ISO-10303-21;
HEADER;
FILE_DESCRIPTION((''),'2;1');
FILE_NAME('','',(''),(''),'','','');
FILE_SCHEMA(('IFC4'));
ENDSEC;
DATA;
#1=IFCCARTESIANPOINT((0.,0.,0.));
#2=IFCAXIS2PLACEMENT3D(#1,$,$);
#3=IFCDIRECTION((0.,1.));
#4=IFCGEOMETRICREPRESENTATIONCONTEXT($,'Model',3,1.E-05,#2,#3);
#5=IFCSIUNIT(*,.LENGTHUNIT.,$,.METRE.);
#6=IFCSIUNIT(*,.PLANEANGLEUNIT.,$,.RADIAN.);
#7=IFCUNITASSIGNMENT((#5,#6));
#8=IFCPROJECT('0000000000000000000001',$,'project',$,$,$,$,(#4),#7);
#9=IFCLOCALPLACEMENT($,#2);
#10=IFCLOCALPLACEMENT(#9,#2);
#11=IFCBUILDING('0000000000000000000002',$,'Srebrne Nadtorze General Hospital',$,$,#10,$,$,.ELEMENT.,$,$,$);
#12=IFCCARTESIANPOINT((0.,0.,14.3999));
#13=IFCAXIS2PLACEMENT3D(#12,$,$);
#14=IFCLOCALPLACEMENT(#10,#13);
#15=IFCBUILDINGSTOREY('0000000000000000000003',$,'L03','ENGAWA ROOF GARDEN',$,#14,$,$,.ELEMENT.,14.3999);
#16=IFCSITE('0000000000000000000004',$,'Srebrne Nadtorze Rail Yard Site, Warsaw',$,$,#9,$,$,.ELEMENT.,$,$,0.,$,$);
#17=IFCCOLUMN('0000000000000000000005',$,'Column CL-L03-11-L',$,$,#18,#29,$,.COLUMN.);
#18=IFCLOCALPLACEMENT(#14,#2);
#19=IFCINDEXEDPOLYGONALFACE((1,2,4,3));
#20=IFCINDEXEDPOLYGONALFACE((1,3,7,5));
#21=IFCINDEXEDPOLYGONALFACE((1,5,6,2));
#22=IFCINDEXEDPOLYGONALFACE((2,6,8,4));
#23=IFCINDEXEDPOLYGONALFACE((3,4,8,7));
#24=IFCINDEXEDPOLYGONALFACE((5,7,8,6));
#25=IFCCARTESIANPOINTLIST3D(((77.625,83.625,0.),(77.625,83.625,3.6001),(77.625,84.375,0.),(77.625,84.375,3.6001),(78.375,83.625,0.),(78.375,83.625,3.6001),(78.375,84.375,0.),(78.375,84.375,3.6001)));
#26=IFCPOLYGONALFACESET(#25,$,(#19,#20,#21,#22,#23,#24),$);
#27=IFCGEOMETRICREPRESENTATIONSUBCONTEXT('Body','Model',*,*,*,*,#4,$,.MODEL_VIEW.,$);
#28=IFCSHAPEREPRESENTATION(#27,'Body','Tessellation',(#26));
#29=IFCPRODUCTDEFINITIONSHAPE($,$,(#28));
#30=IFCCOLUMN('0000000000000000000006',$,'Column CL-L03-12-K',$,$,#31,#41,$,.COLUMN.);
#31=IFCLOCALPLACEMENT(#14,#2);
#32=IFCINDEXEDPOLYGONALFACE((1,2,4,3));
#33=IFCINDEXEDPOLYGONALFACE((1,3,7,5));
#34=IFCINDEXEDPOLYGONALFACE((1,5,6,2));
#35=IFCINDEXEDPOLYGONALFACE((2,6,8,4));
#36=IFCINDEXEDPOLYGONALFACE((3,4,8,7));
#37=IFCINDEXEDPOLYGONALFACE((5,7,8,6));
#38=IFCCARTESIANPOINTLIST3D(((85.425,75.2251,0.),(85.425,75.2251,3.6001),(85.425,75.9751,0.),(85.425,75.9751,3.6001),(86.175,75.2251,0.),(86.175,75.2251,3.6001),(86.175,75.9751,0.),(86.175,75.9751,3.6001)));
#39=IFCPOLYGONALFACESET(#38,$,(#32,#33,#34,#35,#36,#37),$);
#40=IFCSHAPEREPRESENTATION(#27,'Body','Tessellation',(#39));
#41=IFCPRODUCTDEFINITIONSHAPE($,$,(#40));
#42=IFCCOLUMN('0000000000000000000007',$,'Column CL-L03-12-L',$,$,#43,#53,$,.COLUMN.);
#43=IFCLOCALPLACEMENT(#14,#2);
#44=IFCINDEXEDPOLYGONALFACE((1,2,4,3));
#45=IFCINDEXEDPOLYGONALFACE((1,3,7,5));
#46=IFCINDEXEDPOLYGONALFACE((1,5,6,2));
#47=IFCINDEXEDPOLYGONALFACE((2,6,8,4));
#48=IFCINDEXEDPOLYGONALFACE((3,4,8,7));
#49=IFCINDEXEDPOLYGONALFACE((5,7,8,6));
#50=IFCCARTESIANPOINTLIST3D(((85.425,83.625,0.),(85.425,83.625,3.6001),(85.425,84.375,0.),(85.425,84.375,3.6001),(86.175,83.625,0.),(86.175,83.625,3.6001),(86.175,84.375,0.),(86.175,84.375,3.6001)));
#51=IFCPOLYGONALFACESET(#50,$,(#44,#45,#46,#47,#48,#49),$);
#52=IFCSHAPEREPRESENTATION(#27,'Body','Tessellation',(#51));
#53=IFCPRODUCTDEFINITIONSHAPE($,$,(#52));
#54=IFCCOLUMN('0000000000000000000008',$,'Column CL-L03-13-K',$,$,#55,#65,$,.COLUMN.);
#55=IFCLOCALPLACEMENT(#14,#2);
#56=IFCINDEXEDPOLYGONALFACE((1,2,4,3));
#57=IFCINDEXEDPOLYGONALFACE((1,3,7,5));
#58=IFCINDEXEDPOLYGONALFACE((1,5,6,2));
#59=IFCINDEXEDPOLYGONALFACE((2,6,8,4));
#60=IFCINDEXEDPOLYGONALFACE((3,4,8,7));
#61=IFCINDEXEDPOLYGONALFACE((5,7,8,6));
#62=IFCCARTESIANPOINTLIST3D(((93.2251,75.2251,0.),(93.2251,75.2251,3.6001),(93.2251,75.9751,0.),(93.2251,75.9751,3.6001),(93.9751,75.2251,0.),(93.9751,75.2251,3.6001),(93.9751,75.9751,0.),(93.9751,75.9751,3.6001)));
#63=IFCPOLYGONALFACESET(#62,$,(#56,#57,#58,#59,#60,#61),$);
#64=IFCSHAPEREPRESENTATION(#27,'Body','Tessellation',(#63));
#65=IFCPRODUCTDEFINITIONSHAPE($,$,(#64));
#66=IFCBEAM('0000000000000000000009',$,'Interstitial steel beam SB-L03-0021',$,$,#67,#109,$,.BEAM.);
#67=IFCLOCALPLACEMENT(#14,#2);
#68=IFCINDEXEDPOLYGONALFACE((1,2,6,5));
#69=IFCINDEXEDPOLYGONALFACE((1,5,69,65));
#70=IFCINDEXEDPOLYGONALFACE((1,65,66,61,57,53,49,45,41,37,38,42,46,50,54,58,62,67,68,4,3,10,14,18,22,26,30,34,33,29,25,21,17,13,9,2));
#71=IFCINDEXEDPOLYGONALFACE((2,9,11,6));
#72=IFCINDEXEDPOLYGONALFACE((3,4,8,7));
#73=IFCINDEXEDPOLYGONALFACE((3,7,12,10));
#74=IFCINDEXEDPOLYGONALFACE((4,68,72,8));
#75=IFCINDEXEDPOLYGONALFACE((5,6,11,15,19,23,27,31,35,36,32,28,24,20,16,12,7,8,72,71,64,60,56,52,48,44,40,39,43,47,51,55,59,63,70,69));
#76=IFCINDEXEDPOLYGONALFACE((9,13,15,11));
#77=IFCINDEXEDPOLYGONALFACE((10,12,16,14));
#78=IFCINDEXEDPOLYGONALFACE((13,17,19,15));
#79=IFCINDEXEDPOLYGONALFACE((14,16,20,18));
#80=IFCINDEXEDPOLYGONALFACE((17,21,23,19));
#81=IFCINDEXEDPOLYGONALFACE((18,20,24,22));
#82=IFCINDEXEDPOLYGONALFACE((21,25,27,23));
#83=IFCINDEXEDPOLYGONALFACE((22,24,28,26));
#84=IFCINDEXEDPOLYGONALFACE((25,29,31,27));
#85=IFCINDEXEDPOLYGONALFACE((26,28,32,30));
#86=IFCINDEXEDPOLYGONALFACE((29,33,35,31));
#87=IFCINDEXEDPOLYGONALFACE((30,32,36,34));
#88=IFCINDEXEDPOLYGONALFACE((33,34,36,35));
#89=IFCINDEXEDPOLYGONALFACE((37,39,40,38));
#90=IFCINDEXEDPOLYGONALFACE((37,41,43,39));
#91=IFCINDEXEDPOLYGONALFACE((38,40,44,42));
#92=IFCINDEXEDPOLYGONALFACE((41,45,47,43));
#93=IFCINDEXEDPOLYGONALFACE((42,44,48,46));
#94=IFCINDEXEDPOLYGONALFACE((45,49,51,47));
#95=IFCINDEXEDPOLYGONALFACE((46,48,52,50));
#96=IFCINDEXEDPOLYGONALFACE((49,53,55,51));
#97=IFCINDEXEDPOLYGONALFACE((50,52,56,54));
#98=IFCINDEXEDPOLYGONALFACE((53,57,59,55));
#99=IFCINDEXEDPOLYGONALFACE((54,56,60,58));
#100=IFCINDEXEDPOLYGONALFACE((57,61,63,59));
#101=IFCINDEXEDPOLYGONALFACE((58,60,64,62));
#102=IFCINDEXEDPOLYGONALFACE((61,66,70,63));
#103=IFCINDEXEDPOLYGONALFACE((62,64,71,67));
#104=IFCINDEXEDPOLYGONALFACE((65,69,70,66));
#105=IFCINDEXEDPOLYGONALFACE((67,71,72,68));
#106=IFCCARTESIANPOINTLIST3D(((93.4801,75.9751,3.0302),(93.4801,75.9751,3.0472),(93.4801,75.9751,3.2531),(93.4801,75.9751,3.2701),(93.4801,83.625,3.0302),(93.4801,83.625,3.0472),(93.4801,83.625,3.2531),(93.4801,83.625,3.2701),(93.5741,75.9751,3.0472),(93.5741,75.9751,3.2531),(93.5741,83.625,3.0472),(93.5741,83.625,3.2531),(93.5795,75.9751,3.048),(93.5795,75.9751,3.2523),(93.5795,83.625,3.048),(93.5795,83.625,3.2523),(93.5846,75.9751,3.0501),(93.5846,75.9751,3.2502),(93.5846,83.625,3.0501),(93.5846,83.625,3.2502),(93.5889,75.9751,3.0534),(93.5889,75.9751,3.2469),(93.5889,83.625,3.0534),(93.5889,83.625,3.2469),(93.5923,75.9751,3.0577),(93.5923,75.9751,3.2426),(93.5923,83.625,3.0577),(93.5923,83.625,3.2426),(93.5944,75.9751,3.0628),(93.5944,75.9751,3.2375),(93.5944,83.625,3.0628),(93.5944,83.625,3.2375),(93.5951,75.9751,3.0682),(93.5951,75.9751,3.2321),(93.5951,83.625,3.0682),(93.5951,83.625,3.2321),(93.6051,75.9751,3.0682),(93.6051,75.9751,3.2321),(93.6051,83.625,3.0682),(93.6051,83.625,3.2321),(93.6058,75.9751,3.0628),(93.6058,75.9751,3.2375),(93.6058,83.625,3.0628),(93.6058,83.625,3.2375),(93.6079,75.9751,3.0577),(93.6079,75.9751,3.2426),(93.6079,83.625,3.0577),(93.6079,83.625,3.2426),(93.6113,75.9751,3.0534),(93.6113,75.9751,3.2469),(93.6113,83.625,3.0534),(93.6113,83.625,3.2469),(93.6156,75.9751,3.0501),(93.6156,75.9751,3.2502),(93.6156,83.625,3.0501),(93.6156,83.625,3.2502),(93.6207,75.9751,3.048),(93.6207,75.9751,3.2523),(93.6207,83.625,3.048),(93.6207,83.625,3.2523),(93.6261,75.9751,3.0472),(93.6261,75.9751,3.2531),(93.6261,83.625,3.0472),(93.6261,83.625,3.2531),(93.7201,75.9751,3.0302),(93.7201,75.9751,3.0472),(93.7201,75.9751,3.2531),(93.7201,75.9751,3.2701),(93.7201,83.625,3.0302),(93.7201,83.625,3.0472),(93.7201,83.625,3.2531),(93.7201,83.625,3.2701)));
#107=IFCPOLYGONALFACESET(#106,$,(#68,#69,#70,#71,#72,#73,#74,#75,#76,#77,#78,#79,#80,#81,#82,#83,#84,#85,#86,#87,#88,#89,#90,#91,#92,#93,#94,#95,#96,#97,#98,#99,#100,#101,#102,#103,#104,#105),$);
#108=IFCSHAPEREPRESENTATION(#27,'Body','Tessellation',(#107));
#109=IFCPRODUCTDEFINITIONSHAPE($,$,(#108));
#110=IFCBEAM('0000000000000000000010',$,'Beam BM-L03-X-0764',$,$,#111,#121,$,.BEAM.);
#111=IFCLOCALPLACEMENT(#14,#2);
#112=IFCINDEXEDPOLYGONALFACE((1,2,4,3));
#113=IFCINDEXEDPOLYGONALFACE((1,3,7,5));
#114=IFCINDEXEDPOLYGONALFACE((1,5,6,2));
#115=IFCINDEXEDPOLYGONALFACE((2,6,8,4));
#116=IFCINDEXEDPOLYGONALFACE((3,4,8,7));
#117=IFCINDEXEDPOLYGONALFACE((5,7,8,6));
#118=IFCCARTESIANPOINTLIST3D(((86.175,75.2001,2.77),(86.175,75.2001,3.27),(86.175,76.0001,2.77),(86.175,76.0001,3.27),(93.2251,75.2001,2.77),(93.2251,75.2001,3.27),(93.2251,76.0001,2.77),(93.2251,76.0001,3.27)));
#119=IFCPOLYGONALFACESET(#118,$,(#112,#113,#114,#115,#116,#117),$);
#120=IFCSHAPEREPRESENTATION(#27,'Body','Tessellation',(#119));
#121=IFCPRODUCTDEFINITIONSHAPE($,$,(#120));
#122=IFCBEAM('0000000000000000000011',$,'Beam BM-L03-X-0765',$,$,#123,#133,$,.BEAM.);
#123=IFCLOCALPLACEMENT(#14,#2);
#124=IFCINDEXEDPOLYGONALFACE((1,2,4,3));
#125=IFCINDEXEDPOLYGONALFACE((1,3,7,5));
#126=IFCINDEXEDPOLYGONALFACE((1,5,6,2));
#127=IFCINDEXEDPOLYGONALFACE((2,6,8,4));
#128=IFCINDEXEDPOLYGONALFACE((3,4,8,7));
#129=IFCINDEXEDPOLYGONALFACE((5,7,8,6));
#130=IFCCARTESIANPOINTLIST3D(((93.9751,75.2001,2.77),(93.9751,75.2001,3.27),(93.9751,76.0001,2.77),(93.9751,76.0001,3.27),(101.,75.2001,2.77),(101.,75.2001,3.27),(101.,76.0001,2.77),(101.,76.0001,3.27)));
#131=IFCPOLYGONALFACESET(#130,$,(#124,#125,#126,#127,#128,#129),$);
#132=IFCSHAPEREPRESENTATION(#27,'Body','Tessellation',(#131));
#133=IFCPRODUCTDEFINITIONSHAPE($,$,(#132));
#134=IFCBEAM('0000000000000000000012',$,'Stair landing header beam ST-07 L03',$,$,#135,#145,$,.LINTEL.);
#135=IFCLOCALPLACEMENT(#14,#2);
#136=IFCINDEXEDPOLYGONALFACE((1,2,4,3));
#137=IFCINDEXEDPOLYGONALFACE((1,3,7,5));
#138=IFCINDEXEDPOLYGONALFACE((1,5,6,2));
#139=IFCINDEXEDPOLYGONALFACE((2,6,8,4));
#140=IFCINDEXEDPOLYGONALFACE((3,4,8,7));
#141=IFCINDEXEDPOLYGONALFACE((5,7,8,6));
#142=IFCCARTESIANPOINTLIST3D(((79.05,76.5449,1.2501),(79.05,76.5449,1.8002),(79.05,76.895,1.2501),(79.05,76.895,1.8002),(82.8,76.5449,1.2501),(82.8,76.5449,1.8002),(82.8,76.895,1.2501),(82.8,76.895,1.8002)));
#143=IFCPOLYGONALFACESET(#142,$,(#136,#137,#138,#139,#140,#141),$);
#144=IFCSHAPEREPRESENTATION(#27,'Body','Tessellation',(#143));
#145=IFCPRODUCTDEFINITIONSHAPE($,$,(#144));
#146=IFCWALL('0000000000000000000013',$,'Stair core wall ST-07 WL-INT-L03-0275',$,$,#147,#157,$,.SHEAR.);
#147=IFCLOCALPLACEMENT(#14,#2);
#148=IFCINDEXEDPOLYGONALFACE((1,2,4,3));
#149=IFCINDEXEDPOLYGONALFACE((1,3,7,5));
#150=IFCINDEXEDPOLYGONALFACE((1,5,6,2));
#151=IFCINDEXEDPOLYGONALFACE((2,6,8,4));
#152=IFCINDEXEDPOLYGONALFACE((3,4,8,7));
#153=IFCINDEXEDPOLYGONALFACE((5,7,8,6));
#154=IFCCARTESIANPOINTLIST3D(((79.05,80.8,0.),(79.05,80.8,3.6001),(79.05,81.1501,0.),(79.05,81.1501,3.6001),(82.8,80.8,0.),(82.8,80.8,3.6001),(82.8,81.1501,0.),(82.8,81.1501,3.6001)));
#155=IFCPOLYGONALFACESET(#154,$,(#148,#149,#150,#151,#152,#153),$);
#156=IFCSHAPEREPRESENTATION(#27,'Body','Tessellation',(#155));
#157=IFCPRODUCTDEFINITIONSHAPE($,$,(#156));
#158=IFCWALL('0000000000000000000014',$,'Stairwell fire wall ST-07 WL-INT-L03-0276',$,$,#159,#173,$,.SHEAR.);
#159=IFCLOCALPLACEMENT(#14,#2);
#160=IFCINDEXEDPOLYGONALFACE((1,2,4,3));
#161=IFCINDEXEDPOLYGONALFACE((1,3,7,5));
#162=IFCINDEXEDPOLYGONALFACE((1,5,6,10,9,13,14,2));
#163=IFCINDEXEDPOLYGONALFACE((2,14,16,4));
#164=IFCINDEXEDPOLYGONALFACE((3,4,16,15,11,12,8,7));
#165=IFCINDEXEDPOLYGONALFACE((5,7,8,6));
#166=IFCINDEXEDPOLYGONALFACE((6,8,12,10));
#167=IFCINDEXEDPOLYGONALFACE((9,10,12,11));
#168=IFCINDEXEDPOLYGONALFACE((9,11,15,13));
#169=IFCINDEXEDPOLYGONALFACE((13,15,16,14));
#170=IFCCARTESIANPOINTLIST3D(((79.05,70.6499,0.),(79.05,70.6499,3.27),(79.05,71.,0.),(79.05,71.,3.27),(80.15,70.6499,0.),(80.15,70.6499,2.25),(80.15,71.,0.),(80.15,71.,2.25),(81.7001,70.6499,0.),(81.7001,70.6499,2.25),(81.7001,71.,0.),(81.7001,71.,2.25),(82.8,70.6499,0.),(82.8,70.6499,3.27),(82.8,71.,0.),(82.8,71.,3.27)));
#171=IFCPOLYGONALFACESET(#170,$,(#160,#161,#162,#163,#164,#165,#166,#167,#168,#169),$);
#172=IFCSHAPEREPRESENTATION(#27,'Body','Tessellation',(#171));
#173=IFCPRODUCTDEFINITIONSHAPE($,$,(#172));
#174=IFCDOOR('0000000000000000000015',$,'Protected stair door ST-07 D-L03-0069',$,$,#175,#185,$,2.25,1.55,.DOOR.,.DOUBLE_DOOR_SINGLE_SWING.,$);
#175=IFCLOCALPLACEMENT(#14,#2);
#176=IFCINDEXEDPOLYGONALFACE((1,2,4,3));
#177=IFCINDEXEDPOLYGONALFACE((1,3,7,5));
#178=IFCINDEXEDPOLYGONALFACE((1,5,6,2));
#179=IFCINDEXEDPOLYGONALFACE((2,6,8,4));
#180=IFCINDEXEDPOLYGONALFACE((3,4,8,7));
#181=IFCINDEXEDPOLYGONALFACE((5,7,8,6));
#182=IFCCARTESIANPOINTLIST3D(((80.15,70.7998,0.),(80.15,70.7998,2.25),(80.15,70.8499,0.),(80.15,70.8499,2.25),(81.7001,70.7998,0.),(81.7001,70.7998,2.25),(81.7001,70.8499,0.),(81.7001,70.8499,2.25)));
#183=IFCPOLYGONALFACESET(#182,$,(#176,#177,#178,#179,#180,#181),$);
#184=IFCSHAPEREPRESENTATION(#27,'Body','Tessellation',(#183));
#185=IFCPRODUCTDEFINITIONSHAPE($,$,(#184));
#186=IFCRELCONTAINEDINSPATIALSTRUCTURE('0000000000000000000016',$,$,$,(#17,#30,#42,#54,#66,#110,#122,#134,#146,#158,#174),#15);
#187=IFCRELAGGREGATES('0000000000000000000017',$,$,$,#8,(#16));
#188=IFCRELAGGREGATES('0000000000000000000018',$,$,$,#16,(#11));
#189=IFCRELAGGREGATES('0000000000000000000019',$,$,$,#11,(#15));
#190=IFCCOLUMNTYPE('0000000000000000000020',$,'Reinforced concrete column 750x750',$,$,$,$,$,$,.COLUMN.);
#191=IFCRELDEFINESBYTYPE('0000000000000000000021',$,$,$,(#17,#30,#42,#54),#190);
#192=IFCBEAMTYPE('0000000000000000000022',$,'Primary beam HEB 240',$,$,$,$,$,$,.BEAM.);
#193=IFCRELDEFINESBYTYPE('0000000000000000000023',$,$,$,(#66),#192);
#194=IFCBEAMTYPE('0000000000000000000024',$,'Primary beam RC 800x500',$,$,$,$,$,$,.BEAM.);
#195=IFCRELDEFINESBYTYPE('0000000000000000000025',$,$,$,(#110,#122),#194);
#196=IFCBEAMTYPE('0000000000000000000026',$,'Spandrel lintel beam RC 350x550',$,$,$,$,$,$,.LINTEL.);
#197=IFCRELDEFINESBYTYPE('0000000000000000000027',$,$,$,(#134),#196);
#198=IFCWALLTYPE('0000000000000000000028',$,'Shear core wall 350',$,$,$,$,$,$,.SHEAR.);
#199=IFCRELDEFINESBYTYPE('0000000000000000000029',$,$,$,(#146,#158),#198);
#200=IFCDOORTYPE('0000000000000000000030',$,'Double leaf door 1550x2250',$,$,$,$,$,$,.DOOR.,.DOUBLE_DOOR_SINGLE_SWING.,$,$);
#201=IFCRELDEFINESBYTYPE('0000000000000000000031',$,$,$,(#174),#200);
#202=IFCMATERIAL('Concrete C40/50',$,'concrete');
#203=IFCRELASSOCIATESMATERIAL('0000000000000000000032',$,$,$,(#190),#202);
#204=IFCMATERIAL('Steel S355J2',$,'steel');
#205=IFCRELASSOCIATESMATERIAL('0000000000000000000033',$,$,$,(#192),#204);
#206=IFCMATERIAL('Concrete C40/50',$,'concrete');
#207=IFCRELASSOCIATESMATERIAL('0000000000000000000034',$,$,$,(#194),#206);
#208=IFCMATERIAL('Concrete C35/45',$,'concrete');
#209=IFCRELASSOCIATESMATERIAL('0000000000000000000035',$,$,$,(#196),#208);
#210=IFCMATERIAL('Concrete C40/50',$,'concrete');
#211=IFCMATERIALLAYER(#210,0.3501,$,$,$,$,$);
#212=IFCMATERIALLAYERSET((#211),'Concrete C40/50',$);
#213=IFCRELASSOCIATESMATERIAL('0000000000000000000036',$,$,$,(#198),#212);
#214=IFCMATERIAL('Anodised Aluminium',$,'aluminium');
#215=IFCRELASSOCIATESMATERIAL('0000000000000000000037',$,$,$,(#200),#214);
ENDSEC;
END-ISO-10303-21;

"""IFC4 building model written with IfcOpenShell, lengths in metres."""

from ifc_helpers import new_model, si_unit, direction, frame, frame_2d, origin, origin_2d, place, context, subcontext, project, spatial, rectangle, i_section, extrude, material, layer, layer_set, material_profile, profile_set, type_object, element, fill, save


model = new_model("IFC4")

# Units and contexts
model_context = context("Model", 3, precision=1e-05, world=origin(), true_north=direction((0.0, 1.0)))
body_context = subcontext(model_context, "Body", "Model", "MODEL_VIEW")
ifc_project = project(units=[si_unit("LENGTHUNIT", "METRE"), si_unit("PLANEANGLEUNIT", "RADIAN")], contexts=[model_context])

# Site, building, storey
site_placement = place(None, origin())
site = spatial("IfcSite", under=ifc_project, at=site_placement, Name="Srebrne Nadtorze Rail Yard Site, Warsaw", CompositionType="ELEMENT", RefElevation=0.0)
building_placement = place(site_placement, origin())
building = spatial("IfcBuilding", under=site, at=building_placement, Name="Srebrne Nadtorze General Hospital", CompositionType="ELEMENT")
storey_placement = place(building_placement, frame((0.0, 0.0, 14.3999)))
storey = spatial("IfcBuildingStorey", under=building, at=storey_placement, Name="L03", Description="ENGAWA ROOF GARDEN", CompositionType="ELEMENT", Elevation=14.3999)

# Columns
ifc_material_1 = material(Name="Concrete C40/50", Category="concrete")
ifc_material_profile_1 = material_profile(ifc_material_1, rectangle(XDim=0.75, YDim=0.75, at=origin_2d()), Name="RC-COL-750x750")
ifc_profile_set_1 = profile_set([ifc_material_profile_1], Name="Concrete C40/50")
column_type = type_object("IfcColumnType", Name="Reinforced concrete column 750x750", PredefinedType="COLUMN", material=ifc_profile_set_1)
for number, where, z_axis, x_axis, name in (
    (1, (78.0, 84.0, 0.0), (0.0, 0.0, 1.0), (1.0, 0.0, 0.0), "Column CL-L03-11-L"),
    (2, (85.8, 75.6001, 0.0), (0.0, 0.0, 1.0), (1.0, 0.0, 0.0), "Column CL-L03-12-K"),
    (3, (85.8, 84.0, 0.0), (0.0, 0.0, 1.0), (1.0, 0.0, 0.0), "Column CL-L03-12-L"),
    (4, (93.6001, 75.6001, 0.0), (0.0, 0.0, 1.0), (1.0, 0.0, 0.0), "Column CL-L03-13-K"),
):
    element("IfcColumn", number, at=place(storey_placement, frame(where, z_axis=z_axis, x_axis=x_axis)), inside=storey, type_object=column_type, Name=name, PredefinedType="COLUMN", context=body_context, shape_type="SweptSolid", body=[
        extrude(rectangle(XDim=0.75, YDim=0.75, at=origin_2d()), origin(), (0.0, 0.0, 1.0), 3.6001),
    ])

# Beams
ifc_material_2 = material(Name="Steel S355J2", Category="steel")
ifc_material_profile_2 = material_profile(ifc_material_2, i_section(OverallWidth=0.24, OverallDepth=0.24, WebThickness=0.01, FlangeThickness=0.0171, FilletRadius=0.021, at=origin_2d()), Name="HEB-240")
ifc_profile_set_2 = profile_set([ifc_material_profile_2], Name="Steel S355J2")
beam_type_1 = type_object("IfcBeamType", Name="Primary beam HEB 240", PredefinedType="BEAM", material=ifc_profile_set_2)
beam_1_placement = place(storey_placement, frame((93.6001, 75.9751, 3.1501), z_axis=(0.0, 1.0, 0.0), x_axis=(-1.0, 0.0, 0.0)))
element("IfcBeam", 5, at=beam_1_placement, inside=storey, type_object=beam_type_1, Name="Interstitial steel beam SB-L03-0021", PredefinedType="BEAM", context=body_context, shape_type="SweptSolid", body=[
    extrude(i_section(OverallWidth=0.24, OverallDepth=0.24, WebThickness=0.01, FlangeThickness=0.0171, FilletRadius=0.021, at=origin_2d()), origin(), (0.0, 0.0, 1.0), 7.6499),
])
ifc_material_3 = material(Name="Concrete C40/50", Category="concrete")
ifc_material_profile_3 = material_profile(ifc_material_3, rectangle(XDim=0.8, YDim=0.5, at=origin_2d()), Name="RC-BM-800x500")
ifc_profile_set_3 = profile_set([ifc_material_profile_3], Name="Concrete C40/50")
beam_type_2 = type_object("IfcBeamType", Name="Primary beam RC 800x500", PredefinedType="BEAM", material=ifc_profile_set_3)
beam_2_placement = place(storey_placement, frame((86.175, 75.6001, 3.02), z_axis=(1.0, 0.0, 0.0), x_axis=(0.0, 1.0, 0.0)))
element("IfcBeam", 6, at=beam_2_placement, inside=storey, type_object=beam_type_2, Name="Beam BM-L03-X-0764", PredefinedType="BEAM", context=body_context, shape_type="SweptSolid", body=[
    extrude(rectangle(XDim=0.8, YDim=0.5, at=origin_2d()), origin(), (0.0, 0.0, 1.0), 7.05),
])
beam_3_placement = place(storey_placement, frame((93.9751, 75.6001, 3.02), z_axis=(1.0, 0.0, 0.0), x_axis=(0.0, 1.0, 0.0)))
element("IfcBeam", 7, at=beam_3_placement, inside=storey, type_object=beam_type_2, Name="Beam BM-L03-X-0765", PredefinedType="BEAM", context=body_context, shape_type="SweptSolid", body=[
    extrude(rectangle(XDim=0.8, YDim=0.5, at=origin_2d()), origin(), (0.0, 0.0, 1.0), 7.0249),
])
ifc_material_4 = material(Name="Concrete C35/45", Category="concrete")
ifc_material_profile_4 = material_profile(ifc_material_4, rectangle(XDim=0.3501, YDim=0.55, at=origin_2d()), Name="RC-BM-350x550")
ifc_profile_set_4 = profile_set([ifc_material_profile_4], Name="Concrete C35/45")
beam_type_3 = type_object("IfcBeamType", Name="Spandrel lintel beam RC 350x550", PredefinedType="LINTEL", material=ifc_profile_set_4)
beam_4_placement = place(storey_placement, frame((79.05, 76.72, 1.5251), z_axis=(1.0, 0.0, 0.0), x_axis=(0.0, 1.0, 0.0)))
element("IfcBeam", 8, at=beam_4_placement, inside=storey, type_object=beam_type_3, Name="Stair landing header beam ST-07 L03", PredefinedType="LINTEL", context=body_context, shape_type="SweptSolid", body=[
    extrude(rectangle(XDim=0.3501, YDim=0.55, at=origin_2d()), origin(), (0.0, 0.0, 1.0), 3.75),
])

# Wall
ifc_material_5 = material(Name="Concrete C40/50", Category="concrete")
ifc_layer = layer(ifc_material_5, 0.3501)
ifc_layer_set = layer_set([ifc_layer], Name="Concrete C40/50")
wall_type = type_object("IfcWallType", Name="Shear core wall 350", PredefinedType="SHEAR", material=ifc_layer_set)
wall_1_placement = place(storey_placement, frame((79.05, 80.9751, 0.0), z_axis=(0.0, 0.0, 1.0), x_axis=(1.0, 0.0, 0.0)))
element("IfcWall", 9, at=wall_1_placement, inside=storey, type_object=wall_type, Name="Stair core wall ST-07 WL-INT-L03-0275", PredefinedType="SHEAR", context=body_context, shape_type="SweptSolid", body=[
    extrude(rectangle(XDim=3.75, YDim=0.3501, at=frame_2d((1.875, 0.0))), origin(), (0.0, 0.0, 1.0), 3.6001),
])

# Wall, opening, door
wall_2_placement = place(storey_placement, frame((79.05, 70.825, 0.0), z_axis=(0.0, 0.0, 1.0), x_axis=(1.0, 0.0, 0.0)))
wall_2 = element("IfcWall", 10, at=wall_2_placement, inside=storey, type_object=wall_type, Name="Stairwell fire wall ST-07 WL-INT-L03-0276", PredefinedType="SHEAR", context=body_context, shape_type="SweptSolid", body=[
    extrude(rectangle(XDim=3.75, YDim=0.3501, at=frame_2d((1.875, 0.0))), origin(), (0.0, 0.0, 1.0), 3.27),
])
opening_placement = place(wall_2_placement, frame((1.1001, 0.0, 0.0)))
opening = element("IfcOpeningElement", 11, at=opening_placement, cuts=wall_2, PredefinedType="OPENING", context=body_context, shape_type="SweptSolid", body=[
    extrude(rectangle(XDim=1.55, YDim=2.25, at=frame_2d((0.7749, 1.125))), frame((0.0, 0.187, 0.0), z_axis=(0.0, -1.0, 0.0), x_axis=(1.0, 0.0, 0.0)), (0.0, 0.0, 1.0), 0.374),
])
ifc_material_6 = material(Name="Anodised Aluminium", Category="aluminium")
door_type = type_object("IfcDoorType", Name="Double leaf door 1550x2250", OperationType="DOUBLE_DOOR_SINGLE_SWING", PredefinedType="DOOR", material=ifc_material_6)
door_placement = place(opening_placement, origin())
door = element("IfcDoor", 12, at=door_placement, inside=storey, type_object=door_type, Name="Protected stair door ST-07 D-L03-0069", OperationType="DOUBLE_DOOR_SINGLE_SWING", OverallHeight=2.25, OverallWidth=1.55, PredefinedType="DOOR", context=body_context, shape_type="SweptSolid", body=[
    extrude(rectangle(XDim=1.55, YDim=2.25, at=frame_2d((0.7749, 1.125))), frame((0.0, 0.0249, 0.0), z_axis=(0.0, -1.0, 0.0), x_axis=(1.0, 0.0, 0.0)), (0.0, 0.0, 1.0), 0.05),
])
fill(opening, door)

save(model, "model.ifc")
